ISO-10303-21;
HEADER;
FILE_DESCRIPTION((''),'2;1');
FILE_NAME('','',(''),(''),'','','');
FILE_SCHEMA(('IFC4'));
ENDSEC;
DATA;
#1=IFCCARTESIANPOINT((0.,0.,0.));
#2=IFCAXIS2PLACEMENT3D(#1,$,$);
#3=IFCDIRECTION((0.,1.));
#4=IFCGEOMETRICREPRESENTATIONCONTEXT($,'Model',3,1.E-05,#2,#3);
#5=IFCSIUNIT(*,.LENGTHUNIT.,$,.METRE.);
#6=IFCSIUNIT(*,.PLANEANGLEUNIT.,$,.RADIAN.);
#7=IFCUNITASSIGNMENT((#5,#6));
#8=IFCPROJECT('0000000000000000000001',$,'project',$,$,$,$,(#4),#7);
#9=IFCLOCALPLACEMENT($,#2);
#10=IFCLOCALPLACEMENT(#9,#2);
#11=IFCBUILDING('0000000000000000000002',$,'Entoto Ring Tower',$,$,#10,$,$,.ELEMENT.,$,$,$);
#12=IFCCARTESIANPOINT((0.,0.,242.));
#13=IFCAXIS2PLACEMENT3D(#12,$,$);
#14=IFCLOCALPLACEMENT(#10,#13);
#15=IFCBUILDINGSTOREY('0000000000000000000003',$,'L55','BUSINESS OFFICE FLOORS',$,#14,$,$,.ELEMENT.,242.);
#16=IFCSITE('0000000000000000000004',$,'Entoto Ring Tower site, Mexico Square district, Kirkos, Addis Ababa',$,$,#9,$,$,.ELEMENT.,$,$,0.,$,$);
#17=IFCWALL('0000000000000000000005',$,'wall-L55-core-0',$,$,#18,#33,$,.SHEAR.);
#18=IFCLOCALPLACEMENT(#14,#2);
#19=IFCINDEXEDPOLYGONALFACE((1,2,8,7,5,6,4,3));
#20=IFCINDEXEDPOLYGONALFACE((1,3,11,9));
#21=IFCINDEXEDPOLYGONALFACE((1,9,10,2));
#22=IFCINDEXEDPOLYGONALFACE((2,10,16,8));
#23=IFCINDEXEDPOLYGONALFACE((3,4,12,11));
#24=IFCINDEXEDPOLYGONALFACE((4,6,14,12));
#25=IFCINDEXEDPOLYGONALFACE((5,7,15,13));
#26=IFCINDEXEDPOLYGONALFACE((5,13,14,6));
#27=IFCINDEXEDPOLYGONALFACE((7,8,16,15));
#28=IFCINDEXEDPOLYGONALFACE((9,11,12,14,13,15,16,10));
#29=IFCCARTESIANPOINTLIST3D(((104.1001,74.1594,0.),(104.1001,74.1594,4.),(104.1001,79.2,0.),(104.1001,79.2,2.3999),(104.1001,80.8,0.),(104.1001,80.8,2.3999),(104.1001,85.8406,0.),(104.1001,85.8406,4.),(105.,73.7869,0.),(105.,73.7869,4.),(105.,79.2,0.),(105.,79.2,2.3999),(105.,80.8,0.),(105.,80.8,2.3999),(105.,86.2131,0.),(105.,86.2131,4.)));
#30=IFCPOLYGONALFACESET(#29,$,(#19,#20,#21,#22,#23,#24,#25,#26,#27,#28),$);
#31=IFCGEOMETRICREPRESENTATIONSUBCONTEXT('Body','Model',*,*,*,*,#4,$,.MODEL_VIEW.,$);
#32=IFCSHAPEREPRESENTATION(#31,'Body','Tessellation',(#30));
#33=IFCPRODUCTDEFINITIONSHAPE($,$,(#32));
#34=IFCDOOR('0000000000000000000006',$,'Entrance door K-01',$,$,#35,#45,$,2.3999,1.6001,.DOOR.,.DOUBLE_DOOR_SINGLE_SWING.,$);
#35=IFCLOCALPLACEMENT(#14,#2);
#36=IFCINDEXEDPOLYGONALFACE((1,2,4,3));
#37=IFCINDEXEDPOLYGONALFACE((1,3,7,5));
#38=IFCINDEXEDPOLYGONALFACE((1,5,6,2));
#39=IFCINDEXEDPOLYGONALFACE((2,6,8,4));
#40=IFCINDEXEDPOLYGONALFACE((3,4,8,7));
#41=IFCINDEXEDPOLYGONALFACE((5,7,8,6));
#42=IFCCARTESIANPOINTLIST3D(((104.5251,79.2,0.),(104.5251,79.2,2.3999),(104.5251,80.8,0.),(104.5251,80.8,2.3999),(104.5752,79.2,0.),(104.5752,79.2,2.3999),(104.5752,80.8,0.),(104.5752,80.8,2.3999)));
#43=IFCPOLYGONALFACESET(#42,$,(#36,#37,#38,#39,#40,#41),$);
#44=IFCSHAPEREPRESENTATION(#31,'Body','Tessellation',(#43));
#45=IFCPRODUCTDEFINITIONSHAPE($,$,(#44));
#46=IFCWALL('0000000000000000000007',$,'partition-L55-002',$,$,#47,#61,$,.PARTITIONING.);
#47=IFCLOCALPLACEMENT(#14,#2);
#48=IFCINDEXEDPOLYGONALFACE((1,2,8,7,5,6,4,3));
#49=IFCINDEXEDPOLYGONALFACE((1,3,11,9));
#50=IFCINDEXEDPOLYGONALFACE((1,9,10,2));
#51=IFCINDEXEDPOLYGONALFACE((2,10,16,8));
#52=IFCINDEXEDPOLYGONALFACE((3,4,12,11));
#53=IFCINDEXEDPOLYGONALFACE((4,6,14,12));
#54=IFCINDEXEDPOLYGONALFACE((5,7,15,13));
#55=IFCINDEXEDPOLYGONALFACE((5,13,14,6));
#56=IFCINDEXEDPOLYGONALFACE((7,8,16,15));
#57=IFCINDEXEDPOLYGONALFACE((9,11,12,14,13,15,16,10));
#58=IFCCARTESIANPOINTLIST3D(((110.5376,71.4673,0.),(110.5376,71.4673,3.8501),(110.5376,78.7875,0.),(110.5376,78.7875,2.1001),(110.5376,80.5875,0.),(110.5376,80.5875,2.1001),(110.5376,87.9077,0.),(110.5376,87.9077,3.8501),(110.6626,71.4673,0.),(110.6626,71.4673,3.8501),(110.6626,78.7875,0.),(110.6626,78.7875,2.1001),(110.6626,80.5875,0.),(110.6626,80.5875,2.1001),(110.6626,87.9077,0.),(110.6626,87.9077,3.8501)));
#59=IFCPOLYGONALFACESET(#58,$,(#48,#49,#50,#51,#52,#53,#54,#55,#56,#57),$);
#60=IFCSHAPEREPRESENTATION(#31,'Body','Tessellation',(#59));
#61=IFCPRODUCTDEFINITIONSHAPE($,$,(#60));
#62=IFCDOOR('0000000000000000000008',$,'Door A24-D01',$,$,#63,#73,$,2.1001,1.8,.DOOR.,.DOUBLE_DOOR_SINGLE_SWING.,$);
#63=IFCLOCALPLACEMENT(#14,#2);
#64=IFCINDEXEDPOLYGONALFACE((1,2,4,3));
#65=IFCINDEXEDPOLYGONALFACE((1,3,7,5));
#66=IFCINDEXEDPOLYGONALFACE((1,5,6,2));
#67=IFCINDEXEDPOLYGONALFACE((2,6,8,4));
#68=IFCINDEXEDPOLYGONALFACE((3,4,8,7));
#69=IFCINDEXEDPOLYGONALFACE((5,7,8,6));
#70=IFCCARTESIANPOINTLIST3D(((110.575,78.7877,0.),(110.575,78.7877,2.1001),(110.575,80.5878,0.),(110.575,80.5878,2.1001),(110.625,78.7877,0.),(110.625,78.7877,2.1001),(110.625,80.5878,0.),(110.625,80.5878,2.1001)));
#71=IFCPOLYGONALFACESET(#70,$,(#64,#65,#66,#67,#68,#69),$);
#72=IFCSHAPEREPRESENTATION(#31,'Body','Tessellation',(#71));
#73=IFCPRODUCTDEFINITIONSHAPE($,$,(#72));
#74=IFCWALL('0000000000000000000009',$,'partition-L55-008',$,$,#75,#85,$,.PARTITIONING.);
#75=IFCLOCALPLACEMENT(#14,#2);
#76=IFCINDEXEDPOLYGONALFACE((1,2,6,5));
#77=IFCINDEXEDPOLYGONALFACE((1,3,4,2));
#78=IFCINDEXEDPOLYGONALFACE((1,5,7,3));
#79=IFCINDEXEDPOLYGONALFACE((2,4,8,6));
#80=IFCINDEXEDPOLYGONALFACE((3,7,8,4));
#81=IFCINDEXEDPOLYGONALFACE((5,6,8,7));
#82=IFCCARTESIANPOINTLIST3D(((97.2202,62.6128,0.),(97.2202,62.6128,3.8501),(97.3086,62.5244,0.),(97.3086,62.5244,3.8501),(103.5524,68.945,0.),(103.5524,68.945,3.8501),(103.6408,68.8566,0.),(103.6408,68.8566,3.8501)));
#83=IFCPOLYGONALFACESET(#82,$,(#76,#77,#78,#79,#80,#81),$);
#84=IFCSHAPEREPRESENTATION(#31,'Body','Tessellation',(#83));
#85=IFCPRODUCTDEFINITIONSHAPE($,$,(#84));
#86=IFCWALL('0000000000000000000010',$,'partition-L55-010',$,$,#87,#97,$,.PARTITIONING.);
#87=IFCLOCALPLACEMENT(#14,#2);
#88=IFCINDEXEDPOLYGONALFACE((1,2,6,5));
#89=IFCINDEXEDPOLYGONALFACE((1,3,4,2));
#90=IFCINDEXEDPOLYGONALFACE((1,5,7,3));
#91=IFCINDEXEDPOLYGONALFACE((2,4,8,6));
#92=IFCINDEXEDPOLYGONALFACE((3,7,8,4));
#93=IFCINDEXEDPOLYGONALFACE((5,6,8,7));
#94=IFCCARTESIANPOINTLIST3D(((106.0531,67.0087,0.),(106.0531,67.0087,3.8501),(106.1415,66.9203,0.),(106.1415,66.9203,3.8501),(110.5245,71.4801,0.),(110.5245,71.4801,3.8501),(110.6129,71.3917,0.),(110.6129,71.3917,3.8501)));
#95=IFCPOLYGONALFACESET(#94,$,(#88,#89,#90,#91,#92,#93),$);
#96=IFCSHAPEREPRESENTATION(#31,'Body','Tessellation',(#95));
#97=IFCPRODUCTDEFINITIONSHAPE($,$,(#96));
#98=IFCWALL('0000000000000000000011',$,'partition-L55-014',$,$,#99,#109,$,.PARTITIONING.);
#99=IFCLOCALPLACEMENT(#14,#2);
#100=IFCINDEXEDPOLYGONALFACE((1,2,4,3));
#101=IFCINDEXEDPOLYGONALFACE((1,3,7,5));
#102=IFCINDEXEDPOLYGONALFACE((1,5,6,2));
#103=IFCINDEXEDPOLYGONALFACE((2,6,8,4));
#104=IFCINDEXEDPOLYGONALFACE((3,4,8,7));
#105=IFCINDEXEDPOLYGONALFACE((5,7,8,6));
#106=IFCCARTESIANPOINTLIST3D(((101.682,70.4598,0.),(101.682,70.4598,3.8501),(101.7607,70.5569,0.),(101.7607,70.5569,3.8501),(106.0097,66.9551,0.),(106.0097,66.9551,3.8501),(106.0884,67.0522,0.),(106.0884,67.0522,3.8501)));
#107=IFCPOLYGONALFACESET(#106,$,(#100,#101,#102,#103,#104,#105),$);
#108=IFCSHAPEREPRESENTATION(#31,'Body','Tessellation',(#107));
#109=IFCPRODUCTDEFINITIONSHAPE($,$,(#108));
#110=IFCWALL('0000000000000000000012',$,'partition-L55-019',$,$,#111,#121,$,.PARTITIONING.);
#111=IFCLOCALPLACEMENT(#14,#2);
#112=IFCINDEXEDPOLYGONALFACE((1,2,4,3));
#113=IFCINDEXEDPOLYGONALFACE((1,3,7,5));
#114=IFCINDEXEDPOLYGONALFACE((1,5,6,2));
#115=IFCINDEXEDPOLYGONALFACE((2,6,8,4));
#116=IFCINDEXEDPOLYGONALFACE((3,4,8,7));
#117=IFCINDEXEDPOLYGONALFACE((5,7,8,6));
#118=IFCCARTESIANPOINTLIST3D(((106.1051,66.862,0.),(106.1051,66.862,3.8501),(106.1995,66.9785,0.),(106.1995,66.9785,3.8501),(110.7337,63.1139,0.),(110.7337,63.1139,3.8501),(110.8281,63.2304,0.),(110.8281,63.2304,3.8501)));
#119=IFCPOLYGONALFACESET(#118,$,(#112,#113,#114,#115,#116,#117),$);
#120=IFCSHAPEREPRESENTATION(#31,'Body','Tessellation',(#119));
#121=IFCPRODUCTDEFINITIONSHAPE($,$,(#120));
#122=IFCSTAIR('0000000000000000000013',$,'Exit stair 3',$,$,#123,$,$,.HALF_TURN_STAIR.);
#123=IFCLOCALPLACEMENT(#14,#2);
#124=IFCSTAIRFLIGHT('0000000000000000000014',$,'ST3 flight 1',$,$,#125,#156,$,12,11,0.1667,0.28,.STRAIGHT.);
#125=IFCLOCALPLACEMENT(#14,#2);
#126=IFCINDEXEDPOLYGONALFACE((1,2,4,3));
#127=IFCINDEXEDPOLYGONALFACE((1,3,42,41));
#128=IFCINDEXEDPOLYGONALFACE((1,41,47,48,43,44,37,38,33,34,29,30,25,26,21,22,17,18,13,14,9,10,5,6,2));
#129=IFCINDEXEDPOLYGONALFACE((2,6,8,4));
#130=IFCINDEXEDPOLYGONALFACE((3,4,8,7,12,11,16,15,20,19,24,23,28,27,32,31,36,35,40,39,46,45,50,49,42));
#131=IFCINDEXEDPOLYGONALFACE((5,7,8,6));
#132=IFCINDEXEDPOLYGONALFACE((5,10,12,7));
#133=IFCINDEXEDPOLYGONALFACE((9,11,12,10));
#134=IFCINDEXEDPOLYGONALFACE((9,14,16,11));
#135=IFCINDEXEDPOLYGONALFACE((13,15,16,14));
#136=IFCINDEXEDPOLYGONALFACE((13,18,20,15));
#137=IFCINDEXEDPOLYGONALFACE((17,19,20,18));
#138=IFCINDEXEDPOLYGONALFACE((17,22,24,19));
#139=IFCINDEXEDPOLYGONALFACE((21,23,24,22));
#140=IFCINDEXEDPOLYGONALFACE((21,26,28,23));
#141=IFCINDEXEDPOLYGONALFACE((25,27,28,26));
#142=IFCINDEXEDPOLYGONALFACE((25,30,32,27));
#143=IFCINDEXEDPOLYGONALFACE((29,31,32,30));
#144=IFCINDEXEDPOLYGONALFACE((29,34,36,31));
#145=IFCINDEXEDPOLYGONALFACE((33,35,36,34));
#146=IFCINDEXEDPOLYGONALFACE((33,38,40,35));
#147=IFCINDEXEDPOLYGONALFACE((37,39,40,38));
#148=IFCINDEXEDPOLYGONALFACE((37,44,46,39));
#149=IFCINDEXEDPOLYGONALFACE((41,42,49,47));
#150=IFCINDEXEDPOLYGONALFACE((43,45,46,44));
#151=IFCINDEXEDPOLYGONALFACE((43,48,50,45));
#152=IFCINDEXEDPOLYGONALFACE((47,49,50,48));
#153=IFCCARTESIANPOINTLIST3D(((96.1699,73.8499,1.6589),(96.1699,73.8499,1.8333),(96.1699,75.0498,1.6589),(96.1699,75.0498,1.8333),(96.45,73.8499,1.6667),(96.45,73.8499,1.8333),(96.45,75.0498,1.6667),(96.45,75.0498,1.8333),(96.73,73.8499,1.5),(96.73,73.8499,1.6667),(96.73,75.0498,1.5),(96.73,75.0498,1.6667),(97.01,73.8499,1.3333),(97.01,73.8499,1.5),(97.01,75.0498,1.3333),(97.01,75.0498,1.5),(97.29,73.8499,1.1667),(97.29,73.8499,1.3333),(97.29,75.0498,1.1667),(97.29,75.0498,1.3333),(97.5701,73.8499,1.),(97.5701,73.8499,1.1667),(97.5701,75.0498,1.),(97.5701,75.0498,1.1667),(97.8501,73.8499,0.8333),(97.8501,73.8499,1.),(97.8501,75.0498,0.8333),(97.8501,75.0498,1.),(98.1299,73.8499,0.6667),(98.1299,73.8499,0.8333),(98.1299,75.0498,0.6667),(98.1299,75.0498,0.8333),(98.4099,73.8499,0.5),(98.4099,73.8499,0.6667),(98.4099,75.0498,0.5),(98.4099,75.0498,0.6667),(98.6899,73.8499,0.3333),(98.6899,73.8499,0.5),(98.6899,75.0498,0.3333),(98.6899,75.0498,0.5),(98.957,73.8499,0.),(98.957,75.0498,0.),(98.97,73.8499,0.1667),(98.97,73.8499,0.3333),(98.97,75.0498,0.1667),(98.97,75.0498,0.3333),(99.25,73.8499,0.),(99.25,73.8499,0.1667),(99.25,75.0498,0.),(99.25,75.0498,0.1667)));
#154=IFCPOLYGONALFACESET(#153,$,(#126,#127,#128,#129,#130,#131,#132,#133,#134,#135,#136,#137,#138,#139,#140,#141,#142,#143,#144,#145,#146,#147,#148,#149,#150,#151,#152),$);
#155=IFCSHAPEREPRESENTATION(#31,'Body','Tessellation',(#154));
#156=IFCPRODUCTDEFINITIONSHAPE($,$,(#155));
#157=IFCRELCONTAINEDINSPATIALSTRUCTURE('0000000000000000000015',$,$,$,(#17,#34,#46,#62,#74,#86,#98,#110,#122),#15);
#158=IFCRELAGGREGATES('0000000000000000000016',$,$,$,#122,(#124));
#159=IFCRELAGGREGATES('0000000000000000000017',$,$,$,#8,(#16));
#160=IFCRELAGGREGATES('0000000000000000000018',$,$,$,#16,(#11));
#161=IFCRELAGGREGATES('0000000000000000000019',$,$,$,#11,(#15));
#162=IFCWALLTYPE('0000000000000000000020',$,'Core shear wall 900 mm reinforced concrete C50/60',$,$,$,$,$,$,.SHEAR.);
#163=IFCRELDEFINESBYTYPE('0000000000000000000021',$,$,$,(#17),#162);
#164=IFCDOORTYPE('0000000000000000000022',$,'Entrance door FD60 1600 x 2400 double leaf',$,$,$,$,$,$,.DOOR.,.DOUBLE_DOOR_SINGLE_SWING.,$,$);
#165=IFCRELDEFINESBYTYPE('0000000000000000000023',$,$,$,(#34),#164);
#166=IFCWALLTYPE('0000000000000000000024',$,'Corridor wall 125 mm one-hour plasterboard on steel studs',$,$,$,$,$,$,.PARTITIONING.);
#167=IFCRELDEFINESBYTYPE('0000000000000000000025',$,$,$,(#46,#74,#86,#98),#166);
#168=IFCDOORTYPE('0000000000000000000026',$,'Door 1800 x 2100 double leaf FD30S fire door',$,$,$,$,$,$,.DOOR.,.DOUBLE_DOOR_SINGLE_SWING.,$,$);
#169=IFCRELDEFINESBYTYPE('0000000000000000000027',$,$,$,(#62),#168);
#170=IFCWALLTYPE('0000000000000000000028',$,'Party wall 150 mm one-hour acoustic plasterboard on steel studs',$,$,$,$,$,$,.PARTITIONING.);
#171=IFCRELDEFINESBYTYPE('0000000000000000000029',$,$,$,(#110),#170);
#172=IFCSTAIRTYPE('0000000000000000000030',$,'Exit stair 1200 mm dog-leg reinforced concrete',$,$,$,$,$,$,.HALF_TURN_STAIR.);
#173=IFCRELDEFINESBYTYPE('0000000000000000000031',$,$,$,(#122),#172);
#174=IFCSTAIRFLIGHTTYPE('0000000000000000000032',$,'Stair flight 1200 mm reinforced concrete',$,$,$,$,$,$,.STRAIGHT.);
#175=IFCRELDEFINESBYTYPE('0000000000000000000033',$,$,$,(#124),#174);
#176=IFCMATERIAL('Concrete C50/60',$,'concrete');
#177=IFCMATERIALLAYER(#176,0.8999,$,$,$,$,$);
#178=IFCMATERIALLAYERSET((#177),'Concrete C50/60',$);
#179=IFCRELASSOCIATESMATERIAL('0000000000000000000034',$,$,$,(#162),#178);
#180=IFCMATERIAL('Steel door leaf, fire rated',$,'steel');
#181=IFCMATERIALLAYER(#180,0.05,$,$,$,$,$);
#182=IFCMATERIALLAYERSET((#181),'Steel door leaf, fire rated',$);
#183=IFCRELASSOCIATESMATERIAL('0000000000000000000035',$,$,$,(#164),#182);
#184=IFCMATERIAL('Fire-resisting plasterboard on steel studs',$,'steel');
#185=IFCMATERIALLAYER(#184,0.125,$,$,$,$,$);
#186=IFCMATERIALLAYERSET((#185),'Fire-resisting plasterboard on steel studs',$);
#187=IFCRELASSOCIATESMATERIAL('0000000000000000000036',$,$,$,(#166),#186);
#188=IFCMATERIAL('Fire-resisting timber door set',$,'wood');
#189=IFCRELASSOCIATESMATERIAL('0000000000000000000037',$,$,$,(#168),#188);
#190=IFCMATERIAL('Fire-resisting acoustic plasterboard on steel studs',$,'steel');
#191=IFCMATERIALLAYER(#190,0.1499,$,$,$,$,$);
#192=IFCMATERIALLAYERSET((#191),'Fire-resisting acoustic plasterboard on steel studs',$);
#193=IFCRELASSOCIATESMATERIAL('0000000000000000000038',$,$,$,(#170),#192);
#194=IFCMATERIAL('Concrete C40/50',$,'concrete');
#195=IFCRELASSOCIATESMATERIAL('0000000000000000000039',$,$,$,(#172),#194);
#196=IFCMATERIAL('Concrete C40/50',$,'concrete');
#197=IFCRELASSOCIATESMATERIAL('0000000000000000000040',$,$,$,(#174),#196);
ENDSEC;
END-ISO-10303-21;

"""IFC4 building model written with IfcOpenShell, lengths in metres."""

from ifc_helpers import new_model, si_unit, direction, frame, frame_2d, origin, place, context, subcontext, project, spatial, polyline, rectangle, outline, extrude, material, layer, layer_set, type_object, element, fill, aggregate, save


model = new_model("IFC4")

# Units and contexts
model_context = context("Model", 3, precision=1e-05, world=origin(), true_north=direction((0.0, 1.0)))
body_context = subcontext(model_context, "Body", "Model", "MODEL_VIEW")
ifc_project = project(units=[si_unit("LENGTHUNIT", "METRE"), si_unit("PLANEANGLEUNIT", "RADIAN")], contexts=[model_context])

# Site, building, storey
site_placement = place(None, origin())
site = spatial("IfcSite", under=ifc_project, at=site_placement, Name="Entoto Ring Tower site, Mexico Square district, Kirkos, Addis Ababa", CompositionType="ELEMENT", RefElevation=0.0)
building_placement = place(site_placement, origin())
building = spatial("IfcBuilding", under=site, at=building_placement, Name="Entoto Ring Tower", CompositionType="ELEMENT")
storey_placement = place(building_placement, frame((0.0, 0.0, 242.0)))
storey = spatial("IfcBuildingStorey", under=building, at=storey_placement, Name="L55", Description="BUSINESS OFFICE FLOORS", CompositionType="ELEMENT", Elevation=242.0)

# Walls, openings, doors
ifc_material_1 = material(Name="Concrete C50/60", Category="concrete")
ifc_layer_1 = layer(ifc_material_1, 0.8999)
ifc_layer_set_1 = layer_set([ifc_layer_1], Name="Concrete C50/60")
wall_type_1 = type_object("IfcWallType", Name="Core shear wall 900 mm reinforced concrete C50/60", PredefinedType="SHEAR", material=ifc_layer_set_1)
wall_1_placement = place(storey_placement, frame((104.55, 73.9731, 0.0), z_axis=(0.0, 0.0, 1.0), x_axis=(0.0, 1.0, 0.0)))
wall_1 = element("IfcWall", 1, at=wall_1_placement, inside=storey, type_object=wall_type_1, Name="wall-L55-core-0", PredefinedType="SHEAR", context=body_context, shape_type="SweptSolid", body=[
    extrude(outline(polyline([(-0.1863, -0.45), (12.24, -0.45), (11.8674, 0.45), (0.1863, 0.45), (-0.1863, -0.45)])), origin(), (0.0, 0.0, 1.0), 4.0),
])
opening_1_placement = place(wall_1_placement, frame((5.2268, 0.0, 0.0)))
opening_1 = element("IfcOpeningElement", 2, at=opening_1_placement, cuts=wall_1, PredefinedType="OPENING", context=body_context, shape_type="SweptSolid", body=[
    extrude(rectangle(XDim=1.6001, YDim=2.3999, at=frame_2d((0.8, 1.2))), frame((0.0, 0.46, 0.0), z_axis=(0.0, -1.0, 0.0), x_axis=(1.0, 0.0, 0.0)), (0.0, 0.0, 1.0), 0.9199),
])
ifc_material_2 = material(Name="Steel door leaf, fire rated", Category="steel")
ifc_layer_2 = layer(ifc_material_2, 0.05)
ifc_layer_set_2 = layer_set([ifc_layer_2], Name="Steel door leaf, fire rated")
door_type_1 = type_object("IfcDoorType", Name="Entrance door FD60 1600 x 2400 double leaf", OperationType="DOUBLE_DOOR_SINGLE_SWING", PredefinedType="DOOR", material=ifc_layer_set_2)
door_1_placement = place(opening_1_placement, origin())
door_1 = element("IfcDoor", 3, at=door_1_placement, inside=storey, type_object=door_type_1, Name="Entrance door K-01", OperationType="DOUBLE_DOOR_SINGLE_SWING", OverallHeight=2.3999, OverallWidth=1.6001, PredefinedType="DOOR", context=body_context, shape_type="SweptSolid", body=[
    extrude(rectangle(XDim=1.6001, YDim=2.3999, at=frame_2d((0.8, 1.2))), frame((0.0, 0.0249, 0.0), z_axis=(0.0, -1.0, 0.0), x_axis=(1.0, 0.0, 0.0)), (0.0, 0.0, 1.0), 0.05),
])
fill(opening_1, door_1)
ifc_material_3 = material(Name="Fire-resisting plasterboard on steel studs", Category="steel")
ifc_layer_3 = layer(ifc_material_3, 0.125)
ifc_layer_set_3 = layer_set([ifc_layer_3], Name="Fire-resisting plasterboard on steel studs")
wall_type_2 = type_object("IfcWallType", Name="Corridor wall 125 mm one-hour plasterboard on steel studs", PredefinedType="PARTITIONING", material=ifc_layer_set_3)
wall_2_placement = place(storey_placement, frame((110.6001, 71.4673, 0.0), z_axis=(0.0, 0.0, 1.0), x_axis=(0.0, 1.0, 0.0)))
wall_2 = element("IfcWall", 4, at=wall_2_placement, inside=storey, type_object=wall_type_2, Name="partition-L55-002", PredefinedType="PARTITIONING", context=body_context, shape_type="SweptSolid", body=[
    extrude(rectangle(XDim=16.4404, YDim=0.125, at=frame_2d((8.2202, 0.0))), origin(), (0.0, 0.0, 1.0), 3.8501),
])
opening_2_placement = place(wall_2_placement, frame((7.3203, 0.0, 0.0)))
opening_2 = element("IfcOpeningElement", 5, at=opening_2_placement, cuts=wall_2, PredefinedType="OPENING", context=body_context, shape_type="SweptSolid", body=[
    extrude(rectangle(XDim=1.8, YDim=2.1001, at=frame_2d((0.8999, 1.05))), frame((0.0, 0.0725, 0.0), z_axis=(0.0, -1.0, 0.0), x_axis=(1.0, 0.0, 0.0)), (0.0, 0.0, 1.0), 0.145),
])
ifc_material_4 = material(Name="Fire-resisting timber door set", Category="wood")
door_type_2 = type_object("IfcDoorType", Name="Door 1800 x 2100 double leaf FD30S fire door", OperationType="DOUBLE_DOOR_SINGLE_SWING", PredefinedType="DOOR", material=ifc_material_4)
door_2_placement = place(opening_2_placement, frame((1.8, 0.0, 0.0), z_axis=(0.0, 0.0, 1.0), x_axis=(-1.0, 0.0, 0.0)))
door_2 = element("IfcDoor", 6, at=door_2_placement, inside=storey, type_object=door_type_2, Name="Door A24-D01", OperationType="DOUBLE_DOOR_SINGLE_SWING", OverallHeight=2.1001, OverallWidth=1.8, PredefinedType="DOOR", context=body_context, shape_type="SweptSolid", body=[
    extrude(rectangle(XDim=1.8, YDim=2.1001, at=frame_2d((0.8999, 1.05))), frame((0.0, 0.0249, 0.0), z_axis=(0.0, -1.0, 0.0), x_axis=(1.0, 0.0, 0.0)), (0.0, 0.0, 1.0), 0.05),
])
fill(opening_2, door_2)

# Walls
wall_3_placement = place(storey_placement, frame((97.2644, 62.5686, 0.0), z_axis=(0.0, 0.0, 1.0), x_axis=(0.707107, 0.707107, 0.0)))
element("IfcWall", 7, at=wall_3_placement, inside=storey, type_object=wall_type_2, Name="partition-L55-008", PredefinedType="PARTITIONING", context=body_context, shape_type="SweptSolid", body=[
    extrude(rectangle(XDim=8.9551, YDim=0.125, at=frame_2d((4.4775, 0.0))), origin(), (0.0, 0.0, 1.0), 3.8501),
])
wall_4_placement = place(storey_placement, frame((106.0974, 66.9646, 0.0), z_axis=(0.0, 0.0, 1.0), x_axis=(0.707107, 0.707107, 0.0)))
element("IfcWall", 8, at=wall_4_placement, inside=storey, type_object=wall_type_2, Name="partition-L55-010", PredefinedType="PARTITIONING", context=body_context, shape_type="SweptSolid", body=[
    extrude(rectangle(XDim=6.3235, YDim=0.125, at=frame_2d((3.1616, 0.0))), origin(), (0.0, 0.0, 1.0), 3.8501),
])
wall_5_placement = place(storey_placement, frame((106.0491, 67.0037, 0.0), z_axis=(0.0, 0.0, 1.0), x_axis=(-0.777129, 0.629341, 0.0)))
element("IfcWall", 9, at=wall_5_placement, inside=storey, type_object=wall_type_2, Name="partition-L55-014", PredefinedType="PARTITIONING", context=body_context, shape_type="SweptSolid", body=[
    extrude(rectangle(XDim=5.5688, YDim=0.125, at=frame_2d((2.7844, 0.0))), origin(), (0.0, 0.0, 1.0), 3.8501),
])
ifc_material_5 = material(Name="Fire-resisting acoustic plasterboard on steel studs", Category="steel")
ifc_layer_4 = layer(ifc_material_5, 0.1499)
ifc_layer_set_4 = layer_set([ifc_layer_4], Name="Fire-resisting acoustic plasterboard on steel studs")
wall_type_3 = type_object("IfcWallType", Name="Party wall 150 mm one-hour acoustic plasterboard on steel studs", PredefinedType="PARTITIONING", material=ifc_layer_set_4)
wall_6_placement = place(storey_placement, frame((110.781, 63.1721, 0.0), z_axis=(0.0, 0.0, 1.0), x_axis=(-0.77716, 0.629303, 0.0)))
element("IfcWall", 10, at=wall_6_placement, inside=storey, type_object=wall_type_3, Name="partition-L55-019", PredefinedType="PARTITIONING", context=body_context, shape_type="SweptSolid", body=[
    extrude(rectangle(XDim=5.9558, YDim=0.1499, at=frame_2d((2.978, 0.0))), origin(), (0.0, 0.0, 1.0), 3.8501),
])

# Stair, stair flight
ifc_material_6 = material(Name="Concrete C40/50", Category="concrete")
stair_type = type_object("IfcStairType", Name="Exit stair 1200 mm dog-leg reinforced concrete", PredefinedType="HALF_TURN_STAIR", material=ifc_material_6)
stair_placement = place(storey_placement, origin())
stair = element("IfcStair", 11, at=stair_placement, inside=storey, type_object=stair_type, Name="Exit stair 3", PredefinedType="HALF_TURN_STAIR")
ifc_material_7 = material(Name="Concrete C40/50", Category="concrete")
stair_flight_type = type_object("IfcStairFlightType", Name="Stair flight 1200 mm reinforced concrete", PredefinedType="STRAIGHT", material=ifc_material_7)
stair_flight_placement = place(storey_placement, frame((99.25, 74.45, 0.0), z_axis=(0.0, 0.0, 1.0), x_axis=(-1.0, 0.0, 0.0)))
stair_flight = element("IfcStairFlight", 12, at=stair_flight_placement, type_object=stair_flight_type, Name="ST3 flight 1", NumberOfRisers=12, NumberOfTreads=11, PredefinedType="STRAIGHT", RiserHeight=0.1667, TreadLength=0.28, context=body_context, shape_type="SweptSolid", body=[
    extrude(outline(polyline([(0.0, 0.0), (0.0, 0.1667), (0.28, 0.1667), (0.28, 0.3333), (0.5601, 0.3333), (0.5601, 0.5), (0.8401, 0.5), (0.8401, 0.6667), (1.1201, 0.6667), (1.1201, 0.8333), (1.3999, 0.8333), (1.3999, 1.0), (1.6799, 1.0), (1.6799, 1.1667), (1.96, 1.1667), (1.96, 1.3333), (2.24, 1.3333), (2.24, 1.5), (2.52, 1.5), (2.52, 1.6667), (2.8, 1.6667), (2.8, 1.8333), (3.0801, 1.8333), (3.0801, 2.0), (3.0801, 1.6589), (0.293, 0.0), (0.0, 0.0)])), frame((0.0, 0.6001, 0.0), z_axis=(0.0, -1.0, 0.0), x_axis=(1.0, 0.0, 0.0)), (0.0, 0.0, 1.0), 1.2),
])
aggregate(stair, [stair_flight])

save(model, "model.ifc")
